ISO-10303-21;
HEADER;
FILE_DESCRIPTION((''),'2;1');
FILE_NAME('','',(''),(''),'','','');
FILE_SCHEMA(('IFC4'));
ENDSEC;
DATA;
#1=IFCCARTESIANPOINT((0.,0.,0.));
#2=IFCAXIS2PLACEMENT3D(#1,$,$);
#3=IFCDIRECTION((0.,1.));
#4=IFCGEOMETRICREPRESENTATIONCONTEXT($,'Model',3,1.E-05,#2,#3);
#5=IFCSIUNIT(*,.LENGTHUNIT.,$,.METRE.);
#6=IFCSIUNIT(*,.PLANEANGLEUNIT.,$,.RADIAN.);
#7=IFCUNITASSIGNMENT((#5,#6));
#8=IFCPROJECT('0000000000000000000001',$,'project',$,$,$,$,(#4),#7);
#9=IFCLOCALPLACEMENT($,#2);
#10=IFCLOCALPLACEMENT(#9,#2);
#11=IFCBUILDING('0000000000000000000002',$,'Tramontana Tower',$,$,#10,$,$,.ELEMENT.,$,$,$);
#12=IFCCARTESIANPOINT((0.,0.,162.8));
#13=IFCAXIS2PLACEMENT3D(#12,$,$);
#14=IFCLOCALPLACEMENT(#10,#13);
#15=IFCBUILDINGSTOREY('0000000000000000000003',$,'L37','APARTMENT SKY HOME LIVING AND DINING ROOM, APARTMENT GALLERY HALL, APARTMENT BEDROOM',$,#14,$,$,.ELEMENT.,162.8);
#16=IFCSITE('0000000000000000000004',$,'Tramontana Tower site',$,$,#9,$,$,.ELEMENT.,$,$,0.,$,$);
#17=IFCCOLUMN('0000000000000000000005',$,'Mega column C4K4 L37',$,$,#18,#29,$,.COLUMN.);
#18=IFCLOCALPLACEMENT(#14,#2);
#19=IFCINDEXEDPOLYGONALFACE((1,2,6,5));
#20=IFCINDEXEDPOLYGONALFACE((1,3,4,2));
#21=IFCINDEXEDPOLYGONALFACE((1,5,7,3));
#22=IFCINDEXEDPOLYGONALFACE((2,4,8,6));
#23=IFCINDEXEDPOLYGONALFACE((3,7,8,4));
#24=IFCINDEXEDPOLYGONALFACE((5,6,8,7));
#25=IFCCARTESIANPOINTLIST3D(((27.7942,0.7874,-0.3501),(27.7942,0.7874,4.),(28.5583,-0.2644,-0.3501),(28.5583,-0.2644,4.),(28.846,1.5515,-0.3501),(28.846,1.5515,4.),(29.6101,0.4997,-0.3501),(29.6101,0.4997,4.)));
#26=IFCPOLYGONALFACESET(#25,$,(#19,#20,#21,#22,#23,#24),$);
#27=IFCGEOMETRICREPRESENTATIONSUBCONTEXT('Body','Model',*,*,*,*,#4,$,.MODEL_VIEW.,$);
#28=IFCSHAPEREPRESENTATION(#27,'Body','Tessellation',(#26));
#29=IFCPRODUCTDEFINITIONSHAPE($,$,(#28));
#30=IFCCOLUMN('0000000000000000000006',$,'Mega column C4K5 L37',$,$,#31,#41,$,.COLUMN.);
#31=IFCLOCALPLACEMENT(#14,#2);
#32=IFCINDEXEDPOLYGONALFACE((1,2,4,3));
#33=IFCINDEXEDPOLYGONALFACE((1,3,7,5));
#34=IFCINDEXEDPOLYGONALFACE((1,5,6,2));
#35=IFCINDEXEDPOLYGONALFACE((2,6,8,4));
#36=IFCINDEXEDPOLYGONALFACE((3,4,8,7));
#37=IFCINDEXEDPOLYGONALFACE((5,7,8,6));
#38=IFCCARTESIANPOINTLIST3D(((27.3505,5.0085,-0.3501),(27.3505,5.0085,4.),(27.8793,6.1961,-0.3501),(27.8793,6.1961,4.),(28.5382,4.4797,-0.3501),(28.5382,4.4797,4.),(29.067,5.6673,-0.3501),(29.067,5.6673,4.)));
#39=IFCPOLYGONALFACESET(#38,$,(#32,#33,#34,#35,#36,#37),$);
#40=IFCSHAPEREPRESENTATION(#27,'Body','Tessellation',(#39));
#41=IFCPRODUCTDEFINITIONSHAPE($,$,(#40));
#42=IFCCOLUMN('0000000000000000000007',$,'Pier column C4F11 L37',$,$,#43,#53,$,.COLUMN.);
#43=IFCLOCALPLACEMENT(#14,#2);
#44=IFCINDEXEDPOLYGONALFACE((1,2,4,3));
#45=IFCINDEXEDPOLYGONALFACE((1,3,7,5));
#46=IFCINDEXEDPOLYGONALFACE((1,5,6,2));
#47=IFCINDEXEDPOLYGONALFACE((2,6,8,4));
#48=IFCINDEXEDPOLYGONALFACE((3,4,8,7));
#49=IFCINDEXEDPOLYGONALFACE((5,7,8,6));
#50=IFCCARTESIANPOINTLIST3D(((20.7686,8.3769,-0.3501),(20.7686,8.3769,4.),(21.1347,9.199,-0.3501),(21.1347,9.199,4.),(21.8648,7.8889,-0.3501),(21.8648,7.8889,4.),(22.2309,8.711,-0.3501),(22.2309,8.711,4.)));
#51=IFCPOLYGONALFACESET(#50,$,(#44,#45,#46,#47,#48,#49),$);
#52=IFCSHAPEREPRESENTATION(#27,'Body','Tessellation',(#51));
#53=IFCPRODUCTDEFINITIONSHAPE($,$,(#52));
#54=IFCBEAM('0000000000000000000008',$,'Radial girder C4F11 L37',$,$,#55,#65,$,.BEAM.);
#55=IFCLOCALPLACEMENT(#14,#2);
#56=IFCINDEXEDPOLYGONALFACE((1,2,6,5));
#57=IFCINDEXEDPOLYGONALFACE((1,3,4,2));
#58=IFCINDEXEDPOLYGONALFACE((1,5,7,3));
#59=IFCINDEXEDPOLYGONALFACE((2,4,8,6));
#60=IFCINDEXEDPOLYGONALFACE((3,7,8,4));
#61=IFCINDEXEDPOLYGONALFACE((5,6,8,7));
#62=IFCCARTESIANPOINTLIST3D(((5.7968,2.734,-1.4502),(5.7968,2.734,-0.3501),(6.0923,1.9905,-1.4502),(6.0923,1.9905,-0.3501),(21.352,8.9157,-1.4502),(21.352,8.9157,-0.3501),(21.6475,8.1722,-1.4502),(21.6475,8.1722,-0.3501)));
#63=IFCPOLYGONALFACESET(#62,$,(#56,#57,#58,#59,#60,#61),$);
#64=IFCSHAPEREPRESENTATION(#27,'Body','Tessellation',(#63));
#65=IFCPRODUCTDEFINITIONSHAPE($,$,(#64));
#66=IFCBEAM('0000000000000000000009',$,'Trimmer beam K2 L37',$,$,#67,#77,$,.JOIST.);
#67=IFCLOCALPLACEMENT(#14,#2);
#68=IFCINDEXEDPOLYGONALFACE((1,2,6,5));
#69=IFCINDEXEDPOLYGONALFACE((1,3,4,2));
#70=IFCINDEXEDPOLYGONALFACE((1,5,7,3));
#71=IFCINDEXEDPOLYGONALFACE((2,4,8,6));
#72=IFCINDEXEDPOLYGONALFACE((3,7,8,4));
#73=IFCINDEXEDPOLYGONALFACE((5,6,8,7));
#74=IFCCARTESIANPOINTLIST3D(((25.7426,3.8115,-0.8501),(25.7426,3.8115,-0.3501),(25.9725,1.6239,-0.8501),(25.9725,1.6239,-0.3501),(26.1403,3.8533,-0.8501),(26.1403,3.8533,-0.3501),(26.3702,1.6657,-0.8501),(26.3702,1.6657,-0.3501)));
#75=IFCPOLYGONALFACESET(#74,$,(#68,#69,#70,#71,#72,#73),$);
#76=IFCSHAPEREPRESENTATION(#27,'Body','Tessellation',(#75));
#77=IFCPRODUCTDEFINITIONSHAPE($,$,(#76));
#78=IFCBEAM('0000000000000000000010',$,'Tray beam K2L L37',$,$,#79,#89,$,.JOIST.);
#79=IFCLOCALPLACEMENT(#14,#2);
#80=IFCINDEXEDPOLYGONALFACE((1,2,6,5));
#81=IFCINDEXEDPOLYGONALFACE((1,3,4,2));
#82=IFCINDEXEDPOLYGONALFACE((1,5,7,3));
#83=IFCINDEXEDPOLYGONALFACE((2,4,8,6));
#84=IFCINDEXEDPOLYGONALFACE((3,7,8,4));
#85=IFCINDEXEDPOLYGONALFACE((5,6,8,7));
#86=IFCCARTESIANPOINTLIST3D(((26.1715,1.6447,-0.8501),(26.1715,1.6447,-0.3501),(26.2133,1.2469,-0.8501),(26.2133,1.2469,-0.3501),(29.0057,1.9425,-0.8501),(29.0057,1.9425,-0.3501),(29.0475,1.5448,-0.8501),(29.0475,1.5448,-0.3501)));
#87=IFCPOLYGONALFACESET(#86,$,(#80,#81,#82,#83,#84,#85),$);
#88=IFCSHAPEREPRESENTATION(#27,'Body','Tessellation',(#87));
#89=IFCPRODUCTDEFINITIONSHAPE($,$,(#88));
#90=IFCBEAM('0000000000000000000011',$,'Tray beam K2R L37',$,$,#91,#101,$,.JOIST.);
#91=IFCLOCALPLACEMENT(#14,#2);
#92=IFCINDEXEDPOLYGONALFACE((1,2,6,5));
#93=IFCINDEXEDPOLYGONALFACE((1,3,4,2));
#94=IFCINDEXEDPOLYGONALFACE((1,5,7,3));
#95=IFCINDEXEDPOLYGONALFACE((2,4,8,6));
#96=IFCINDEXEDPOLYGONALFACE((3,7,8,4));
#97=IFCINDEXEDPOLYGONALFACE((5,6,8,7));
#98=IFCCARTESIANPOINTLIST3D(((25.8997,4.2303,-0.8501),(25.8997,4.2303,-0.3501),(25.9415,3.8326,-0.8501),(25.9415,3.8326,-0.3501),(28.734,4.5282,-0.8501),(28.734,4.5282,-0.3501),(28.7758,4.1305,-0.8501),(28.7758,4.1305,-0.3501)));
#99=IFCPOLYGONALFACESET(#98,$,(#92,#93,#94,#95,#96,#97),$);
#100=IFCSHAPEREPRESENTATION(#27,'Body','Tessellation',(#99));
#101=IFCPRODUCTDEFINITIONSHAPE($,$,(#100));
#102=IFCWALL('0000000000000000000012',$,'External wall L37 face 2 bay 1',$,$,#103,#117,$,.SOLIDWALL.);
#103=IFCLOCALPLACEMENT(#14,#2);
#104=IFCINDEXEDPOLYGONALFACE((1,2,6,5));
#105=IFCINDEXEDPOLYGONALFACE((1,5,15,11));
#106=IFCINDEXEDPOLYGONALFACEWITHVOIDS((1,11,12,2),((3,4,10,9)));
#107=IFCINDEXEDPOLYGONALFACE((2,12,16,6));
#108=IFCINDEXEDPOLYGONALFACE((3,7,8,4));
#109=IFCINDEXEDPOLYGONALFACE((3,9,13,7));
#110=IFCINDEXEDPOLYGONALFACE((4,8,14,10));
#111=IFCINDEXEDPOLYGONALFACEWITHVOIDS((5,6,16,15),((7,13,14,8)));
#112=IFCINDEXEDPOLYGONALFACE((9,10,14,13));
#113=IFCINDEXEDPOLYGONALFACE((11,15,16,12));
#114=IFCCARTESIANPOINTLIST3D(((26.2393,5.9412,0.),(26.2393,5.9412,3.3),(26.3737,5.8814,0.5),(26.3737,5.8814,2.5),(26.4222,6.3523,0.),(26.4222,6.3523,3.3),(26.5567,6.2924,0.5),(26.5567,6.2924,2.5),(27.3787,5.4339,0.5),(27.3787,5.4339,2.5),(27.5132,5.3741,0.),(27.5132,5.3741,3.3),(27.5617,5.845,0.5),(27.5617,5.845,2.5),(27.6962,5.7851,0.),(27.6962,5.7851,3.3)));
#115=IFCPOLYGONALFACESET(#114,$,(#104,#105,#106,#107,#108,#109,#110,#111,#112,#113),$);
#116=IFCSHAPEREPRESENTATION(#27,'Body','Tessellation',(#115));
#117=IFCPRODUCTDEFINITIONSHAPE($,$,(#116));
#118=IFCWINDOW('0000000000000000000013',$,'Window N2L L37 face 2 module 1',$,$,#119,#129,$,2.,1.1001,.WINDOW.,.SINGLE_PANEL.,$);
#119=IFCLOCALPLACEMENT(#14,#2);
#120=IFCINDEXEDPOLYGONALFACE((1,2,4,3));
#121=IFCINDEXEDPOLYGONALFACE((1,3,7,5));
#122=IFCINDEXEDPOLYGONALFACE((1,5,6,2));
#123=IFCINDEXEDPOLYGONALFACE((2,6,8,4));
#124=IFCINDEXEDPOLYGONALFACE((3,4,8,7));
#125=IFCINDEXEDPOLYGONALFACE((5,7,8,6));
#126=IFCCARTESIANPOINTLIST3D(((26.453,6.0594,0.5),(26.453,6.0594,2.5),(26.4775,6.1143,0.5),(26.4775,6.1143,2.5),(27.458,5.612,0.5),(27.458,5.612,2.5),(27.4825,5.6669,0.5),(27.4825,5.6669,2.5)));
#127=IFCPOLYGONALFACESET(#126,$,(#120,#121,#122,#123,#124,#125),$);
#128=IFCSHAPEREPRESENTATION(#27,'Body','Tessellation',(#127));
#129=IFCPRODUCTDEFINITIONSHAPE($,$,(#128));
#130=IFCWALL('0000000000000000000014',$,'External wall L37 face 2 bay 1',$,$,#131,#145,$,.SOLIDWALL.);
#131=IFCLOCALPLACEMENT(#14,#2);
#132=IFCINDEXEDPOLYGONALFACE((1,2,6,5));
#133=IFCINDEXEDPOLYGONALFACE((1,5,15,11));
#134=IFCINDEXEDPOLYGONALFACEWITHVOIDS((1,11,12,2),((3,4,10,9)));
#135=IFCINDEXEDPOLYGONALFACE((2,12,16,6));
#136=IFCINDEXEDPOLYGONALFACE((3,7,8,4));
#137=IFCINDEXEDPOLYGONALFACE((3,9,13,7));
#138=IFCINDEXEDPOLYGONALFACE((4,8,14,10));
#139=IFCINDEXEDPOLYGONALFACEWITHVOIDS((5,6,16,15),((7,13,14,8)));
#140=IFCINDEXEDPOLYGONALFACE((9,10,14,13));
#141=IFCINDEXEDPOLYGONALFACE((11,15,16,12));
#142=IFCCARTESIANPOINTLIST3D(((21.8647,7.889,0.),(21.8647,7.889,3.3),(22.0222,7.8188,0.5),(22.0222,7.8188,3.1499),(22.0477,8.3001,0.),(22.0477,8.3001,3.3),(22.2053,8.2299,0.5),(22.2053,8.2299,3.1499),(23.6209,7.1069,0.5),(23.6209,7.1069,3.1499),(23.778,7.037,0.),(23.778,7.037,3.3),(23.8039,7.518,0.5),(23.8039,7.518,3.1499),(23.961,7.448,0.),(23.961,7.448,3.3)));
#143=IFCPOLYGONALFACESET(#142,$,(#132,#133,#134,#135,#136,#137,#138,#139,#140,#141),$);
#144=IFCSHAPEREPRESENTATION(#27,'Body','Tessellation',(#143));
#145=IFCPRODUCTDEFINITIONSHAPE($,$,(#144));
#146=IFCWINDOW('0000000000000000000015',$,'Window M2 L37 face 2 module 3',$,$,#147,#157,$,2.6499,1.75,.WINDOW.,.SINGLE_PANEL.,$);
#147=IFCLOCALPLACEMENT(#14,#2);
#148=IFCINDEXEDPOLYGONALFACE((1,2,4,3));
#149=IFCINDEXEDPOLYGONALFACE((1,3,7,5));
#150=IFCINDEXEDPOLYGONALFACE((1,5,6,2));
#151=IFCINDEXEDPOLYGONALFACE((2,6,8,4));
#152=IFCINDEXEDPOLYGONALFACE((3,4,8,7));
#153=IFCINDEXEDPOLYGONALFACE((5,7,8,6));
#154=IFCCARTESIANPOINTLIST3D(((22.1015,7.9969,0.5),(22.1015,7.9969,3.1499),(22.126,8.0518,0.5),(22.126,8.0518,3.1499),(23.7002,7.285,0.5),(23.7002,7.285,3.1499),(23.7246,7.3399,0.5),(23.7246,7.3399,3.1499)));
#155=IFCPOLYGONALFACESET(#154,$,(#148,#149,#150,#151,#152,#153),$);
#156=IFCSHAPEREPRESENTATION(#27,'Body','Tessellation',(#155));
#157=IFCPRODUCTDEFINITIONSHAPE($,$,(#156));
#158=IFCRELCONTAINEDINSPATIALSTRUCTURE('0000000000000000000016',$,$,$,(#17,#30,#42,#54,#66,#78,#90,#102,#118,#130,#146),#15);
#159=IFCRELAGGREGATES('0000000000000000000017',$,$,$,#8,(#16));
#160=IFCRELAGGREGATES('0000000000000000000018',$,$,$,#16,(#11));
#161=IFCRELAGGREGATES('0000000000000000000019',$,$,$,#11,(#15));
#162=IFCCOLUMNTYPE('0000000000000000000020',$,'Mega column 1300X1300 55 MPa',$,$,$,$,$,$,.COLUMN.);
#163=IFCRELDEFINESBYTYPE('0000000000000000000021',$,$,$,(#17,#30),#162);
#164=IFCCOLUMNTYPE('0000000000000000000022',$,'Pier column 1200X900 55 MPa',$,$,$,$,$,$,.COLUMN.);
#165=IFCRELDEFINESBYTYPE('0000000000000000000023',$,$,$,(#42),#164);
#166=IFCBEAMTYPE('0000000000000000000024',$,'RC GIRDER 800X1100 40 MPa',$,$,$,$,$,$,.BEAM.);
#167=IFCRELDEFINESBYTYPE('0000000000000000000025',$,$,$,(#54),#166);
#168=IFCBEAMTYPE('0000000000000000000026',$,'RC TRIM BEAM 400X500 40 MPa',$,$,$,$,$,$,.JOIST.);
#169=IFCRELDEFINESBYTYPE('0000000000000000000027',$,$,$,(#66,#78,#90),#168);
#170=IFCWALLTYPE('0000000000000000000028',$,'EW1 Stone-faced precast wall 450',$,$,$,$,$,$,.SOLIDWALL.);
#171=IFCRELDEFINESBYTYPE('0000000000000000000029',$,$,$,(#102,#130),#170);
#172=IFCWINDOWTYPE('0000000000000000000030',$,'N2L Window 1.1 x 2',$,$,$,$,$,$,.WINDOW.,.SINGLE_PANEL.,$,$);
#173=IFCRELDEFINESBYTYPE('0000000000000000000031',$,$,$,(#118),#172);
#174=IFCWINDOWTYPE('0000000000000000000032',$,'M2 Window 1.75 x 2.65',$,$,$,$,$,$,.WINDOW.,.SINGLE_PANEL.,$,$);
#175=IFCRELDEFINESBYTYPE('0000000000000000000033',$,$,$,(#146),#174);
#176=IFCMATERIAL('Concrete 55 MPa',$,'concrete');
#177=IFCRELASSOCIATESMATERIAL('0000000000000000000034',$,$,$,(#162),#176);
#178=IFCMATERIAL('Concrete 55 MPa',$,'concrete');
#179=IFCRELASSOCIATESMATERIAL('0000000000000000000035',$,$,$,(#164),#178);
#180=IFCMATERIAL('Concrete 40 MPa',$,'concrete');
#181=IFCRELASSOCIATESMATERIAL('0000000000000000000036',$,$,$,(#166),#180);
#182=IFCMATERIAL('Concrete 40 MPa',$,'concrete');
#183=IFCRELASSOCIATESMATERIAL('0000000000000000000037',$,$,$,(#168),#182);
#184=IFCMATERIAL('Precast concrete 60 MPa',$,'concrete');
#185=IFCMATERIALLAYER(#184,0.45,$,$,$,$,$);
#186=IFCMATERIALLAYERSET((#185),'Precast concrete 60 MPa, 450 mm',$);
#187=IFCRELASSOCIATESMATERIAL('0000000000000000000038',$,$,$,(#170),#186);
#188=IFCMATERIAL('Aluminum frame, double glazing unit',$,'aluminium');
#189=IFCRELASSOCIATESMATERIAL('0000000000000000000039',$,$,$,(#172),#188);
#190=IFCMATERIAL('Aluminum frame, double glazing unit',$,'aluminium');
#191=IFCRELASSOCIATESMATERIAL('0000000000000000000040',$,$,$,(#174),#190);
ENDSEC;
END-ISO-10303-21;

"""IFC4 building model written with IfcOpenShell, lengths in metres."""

from ifc_helpers import new_model, si_unit, direction, frame, frame_2d, origin, origin_2d, place, context, subcontext, project, spatial, rectangle, extrude, material, layer, layer_set, material_profile, profile_set, type_object, element, fill, save


model = new_model("IFC4")

# Units and contexts
model_context = context("Model", 3, precision=1e-05, world=origin(), true_north=direction((0.0, 1.0)))
body_context = subcontext(model_context, "Body", "Model", "MODEL_VIEW")
ifc_project = project(units=[si_unit("LENGTHUNIT", "METRE"), si_unit("PLANEANGLEUNIT", "RADIAN")], contexts=[model_context])

# Site, building, storey
site_placement = place(None, origin())
site = spatial("IfcSite", under=ifc_project, at=site_placement, Name="Tramontana Tower site", CompositionType="ELEMENT", RefElevation=0.0)
building_placement = place(site_placement, origin())
building = spatial("IfcBuilding", under=site, at=building_placement, Name="Tramontana Tower", CompositionType="ELEMENT")
storey_placement = place(building_placement, frame((0.0, 0.0, 162.8)))
storey = spatial("IfcBuildingStorey", under=building, at=storey_placement, Name="L37", Description="APARTMENT SKY HOME LIVING AND DINING ROOM, APARTMENT GALLERY HALL, APARTMENT BEDROOM", CompositionType="ELEMENT", Elevation=162.8)

# Columns
ifc_material_1 = material(Name="Concrete 55 MPa", Category="concrete")
ifc_material_profile_1 = material_profile(ifc_material_1, rectangle(XDim=1.3, YDim=1.3, at=origin_2d()), Name="Mega column 1300X1300 55 MPa")
ifc_profile_set_1 = profile_set([ifc_material_profile_1], Name="Concrete 55 MPa")
column_type_1 = type_object("IfcColumnType", Name="Mega column 1300X1300 55 MPa", PredefinedType="COLUMN", material=ifc_profile_set_1)
for number, where, z_axis, x_axis, name in (
    (1, (28.7021, 0.6436, -0.3501), (0.0, 0.0, 1.0), (0.809017, 0.587785, 0.0), "Mega column C4K4 L37"),
    (2, (28.2087, 5.3379, -0.3501), (0.0, 0.0, 1.0), (-0.913545, 0.406737, 0.0), "Mega column C4K5 L37"),
):
    element("IfcColumn", number, at=place(storey_placement, frame(where, z_axis=z_axis, x_axis=x_axis)), inside=storey, type_object=column_type_1, Name=name, PredefinedType="COLUMN", context=body_context, shape_type="SweptSolid", body=[
        extrude(rectangle(XDim=1.3, YDim=1.3, at=origin_2d()), origin(), (0.0, 0.0, 1.0), 4.3501),
    ])
ifc_material_2 = material(Name="Concrete 55 MPa", Category="concrete")
ifc_material_profile_2 = material_profile(ifc_material_2, rectangle(XDim=1.2, YDim=0.8999, at=origin_2d()), Name="Pier column 1200X900 55 MPa")
ifc_profile_set_2 = profile_set([ifc_material_profile_2], Name="Concrete 55 MPa")
column_type_2 = type_object("IfcColumnType", Name="Pier column 1200X900 55 MPa", PredefinedType="COLUMN", material=ifc_profile_set_2)
column_placement = place(storey_placement, frame((21.4998, 8.5439, -0.3501), z_axis=(0.0, 0.0, 1.0), x_axis=(-0.913545, 0.406737, 0.0)))
element("IfcColumn", 3, at=column_placement, inside=storey, type_object=column_type_2, Name="Pier column C4F11 L37", PredefinedType="COLUMN", context=body_context, shape_type="SweptSolid", body=[
    extrude(rectangle(XDim=1.2, YDim=0.8999, at=origin_2d()), origin(), (0.0, 0.0, 1.0), 4.3501),
])

# Beams
ifc_material_3 = material(Name="Concrete 40 MPa", Category="concrete")
ifc_material_profile_3 = material_profile(ifc_material_3, rectangle(XDim=0.8, YDim=1.1001, at=origin_2d()), Name="RC GIRDER 800X1100 40 MPa")
ifc_profile_set_3 = profile_set([ifc_material_profile_3], Name="Concrete 40 MPa")
beam_type_1 = type_object("IfcBeamType", Name="RC GIRDER 800X1100 40 MPa", PredefinedType="BEAM", material=ifc_profile_set_3)
beam_1_placement = place(storey_placement, frame((21.4998, 8.5439, -0.9001), z_axis=(-0.929307, -0.369308, 0.0), x_axis=(0.369308, -0.929307, 0.0)))
element("IfcBeam", 4, at=beam_1_placement, inside=storey, type_object=beam_type_1, Name="Radial girder C4F11 L37", PredefinedType="BEAM", context=body_context, shape_type="SweptSolid", body=[
    extrude(rectangle(XDim=0.8, YDim=1.1001, at=origin_2d()), origin(), (0.0, 0.0, 1.0), 16.7385),
])
ifc_material_4 = material(Name="Concrete 40 MPa", Category="concrete")
ifc_material_profile_4 = material_profile(ifc_material_4, rectangle(XDim=0.3999, YDim=0.5, at=origin_2d()), Name="RC TRIM BEAM 400X500 40 MPa")
ifc_profile_set_4 = profile_set([ifc_material_profile_4], Name="Concrete 40 MPa")
beam_type_2 = type_object("IfcBeamType", Name="RC TRIM BEAM 400X500 40 MPa", PredefinedType="JOIST", material=ifc_profile_set_4)
beam_2_placement = place(storey_placement, frame((26.1714, 1.6448, -0.6001), z_axis=(-0.104546, 0.99452, 0.0), x_axis=(-0.99452, -0.104546, 0.0)))
element("IfcBeam", 5, at=beam_2_placement, inside=storey, type_object=beam_type_2, Name="Trimmer beam K2 L37", PredefinedType="JOIST", context=body_context, shape_type="SweptSolid", body=[
    extrude(rectangle(XDim=0.3999, YDim=0.5, at=origin_2d()), origin(), (0.0, 0.0, 1.0), 2.1997),
])
for number, where, z_axis, x_axis, name in (
    (6, (29.0266, 1.7437, -0.6001), (-0.994523, -0.104515, 0.0), (0.104515, -0.994523, 0.0), "Tray beam K2L L37"),
    (7, (28.7549, 4.3293, -0.6001), (-0.994523, -0.104515, 0.0), (0.104515, -0.994523, 0.0), "Tray beam K2R L37"),
):
    element("IfcBeam", number, at=place(storey_placement, frame(where, z_axis=z_axis, x_axis=x_axis)), inside=storey, type_object=beam_type_2, Name=name, PredefinedType="JOIST", context=body_context, shape_type="SweptSolid", body=[
        extrude(rectangle(XDim=0.3999, YDim=0.5, at=origin_2d()), origin(), (0.0, 0.0, 1.0), 2.8499),
    ])

# Walls, openings, windows
ifc_material_5 = material(Name="Precast concrete 60 MPa", Category="concrete")
ifc_layer_1 = layer(ifc_material_5, 0.45)
ifc_layer_set_1 = layer_set([ifc_layer_1], Name="Precast concrete 60 MPa, 450 mm")
wall_type_1 = type_object("IfcWallType", Name="EW1 Stone-faced precast wall 450", PredefinedType="SOLIDWALL", material=ifc_layer_set_1)
wall_1_placement = place(storey_placement, frame((27.6047, 5.5796, 0.0), z_axis=(0.0, 0.0, 1.0), x_axis=(-0.913559, 0.406707, 0.0)))
wall_1 = element("IfcWall", 8, at=wall_1_placement, inside=storey, type_object=wall_type_1, Name="External wall L37 face 2 bay 1", PredefinedType="SOLIDWALL", context=body_context, shape_type="SweptSolid", body=[
    extrude(rectangle(XDim=1.3945, YDim=0.45, at=frame_2d((0.6973, 0.0))), origin(), (0.0, 0.0, 1.0), 3.3),
])
opening_1_placement = place(wall_1_placement, frame((0.1472, 0.0, 0.5)))
opening_1 = element("IfcOpeningElement", 9, at=opening_1_placement, cuts=wall_1, PredefinedType="OPENING", context=body_context, shape_type="SweptSolid", body=[
    extrude(rectangle(XDim=1.1001, YDim=2.0, at=frame_2d((0.55, 1.0))), frame((0.0, 0.2349, 0.0), z_axis=(0.0, -1.0, 0.0), x_axis=(1.0, 0.0, 0.0)), (0.0, 0.0, 1.0), 0.47),
])
ifc_material_6 = material(Name="Aluminum frame, double glazing unit", Category="aluminium")
window_type_1 = type_object("IfcWindowType", Name="N2L Window 1.1 x 2", PartitioningType="SINGLE_PANEL", PredefinedType="WINDOW", material=ifc_material_6)
window_1_placement = place(opening_1_placement, origin())
window_1 = element("IfcWindow", 10, at=window_1_placement, inside=storey, type_object=window_type_1, Name="Window N2L L37 face 2 module 1", OverallHeight=2.0, OverallWidth=1.1001, PartitioningType="SINGLE_PANEL", PredefinedType="WINDOW", context=body_context, shape_type="SweptSolid", body=[
    extrude(rectangle(XDim=1.1001, YDim=2.0, at=frame_2d((0.55, 1.0))), frame((0.0, 0.03, 0.0), z_axis=(0.0, -1.0, 0.0), x_axis=(1.0, 0.0, 0.0)), (0.0, 0.0, 1.0), 0.0601),
])
fill(opening_1, window_1)
wall_2_placement = place(storey_placement, frame((23.8696, 7.2424, 0.0), z_axis=(0.0, 0.0, 1.0), x_axis=(-0.913513, 0.406809, 0.0)))
wall_2 = element("IfcWall", 11, at=wall_2_placement, inside=storey, type_object=wall_type_1, Name="External wall L37 face 2 bay 1", PredefinedType="SOLIDWALL", context=body_context, shape_type="SweptSolid", body=[
    extrude(rectangle(XDim=2.0945, YDim=0.45, at=frame_2d((1.0474, 0.0))), origin(), (0.0, 0.0, 1.0), 3.3),
])
opening_2_placement = place(wall_2_placement, frame((0.1721, 0.0, 0.5)))
opening_2 = element("IfcOpeningElement", 12, at=opening_2_placement, cuts=wall_2, PredefinedType="OPENING", context=body_context, shape_type="SweptSolid", body=[
    extrude(rectangle(XDim=1.75, YDim=2.6499, at=frame_2d((0.875, 1.325))), frame((0.0, 0.2349, 0.0), z_axis=(0.0, -1.0, 0.0), x_axis=(1.0, 0.0, 0.0)), (0.0, 0.0, 1.0), 0.47),
])
ifc_material_7 = material(Name="Aluminum frame, double glazing unit", Category="aluminium")
window_type_2 = type_object("IfcWindowType", Name="M2 Window 1.75 x 2.65", PartitioningType="SINGLE_PANEL", PredefinedType="WINDOW", material=ifc_material_7)
window_2_placement = place(opening_2_placement, origin())
window_2 = element("IfcWindow", 13, at=window_2_placement, inside=storey, type_object=window_type_2, Name="Window M2 L37 face 2 module 3", OverallHeight=2.6499, OverallWidth=1.75, PartitioningType="SINGLE_PANEL", PredefinedType="WINDOW", context=body_context, shape_type="SweptSolid", body=[
    extrude(rectangle(XDim=1.75, YDim=2.6499, at=frame_2d((0.875, 1.325))), frame((0.0, 0.03, 0.0), z_axis=(0.0, -1.0, 0.0), x_axis=(1.0, 0.0, 0.0)), (0.0, 0.0, 1.0), 0.0601),
])
fill(opening_2, window_2)

save(model, "model.ifc")
